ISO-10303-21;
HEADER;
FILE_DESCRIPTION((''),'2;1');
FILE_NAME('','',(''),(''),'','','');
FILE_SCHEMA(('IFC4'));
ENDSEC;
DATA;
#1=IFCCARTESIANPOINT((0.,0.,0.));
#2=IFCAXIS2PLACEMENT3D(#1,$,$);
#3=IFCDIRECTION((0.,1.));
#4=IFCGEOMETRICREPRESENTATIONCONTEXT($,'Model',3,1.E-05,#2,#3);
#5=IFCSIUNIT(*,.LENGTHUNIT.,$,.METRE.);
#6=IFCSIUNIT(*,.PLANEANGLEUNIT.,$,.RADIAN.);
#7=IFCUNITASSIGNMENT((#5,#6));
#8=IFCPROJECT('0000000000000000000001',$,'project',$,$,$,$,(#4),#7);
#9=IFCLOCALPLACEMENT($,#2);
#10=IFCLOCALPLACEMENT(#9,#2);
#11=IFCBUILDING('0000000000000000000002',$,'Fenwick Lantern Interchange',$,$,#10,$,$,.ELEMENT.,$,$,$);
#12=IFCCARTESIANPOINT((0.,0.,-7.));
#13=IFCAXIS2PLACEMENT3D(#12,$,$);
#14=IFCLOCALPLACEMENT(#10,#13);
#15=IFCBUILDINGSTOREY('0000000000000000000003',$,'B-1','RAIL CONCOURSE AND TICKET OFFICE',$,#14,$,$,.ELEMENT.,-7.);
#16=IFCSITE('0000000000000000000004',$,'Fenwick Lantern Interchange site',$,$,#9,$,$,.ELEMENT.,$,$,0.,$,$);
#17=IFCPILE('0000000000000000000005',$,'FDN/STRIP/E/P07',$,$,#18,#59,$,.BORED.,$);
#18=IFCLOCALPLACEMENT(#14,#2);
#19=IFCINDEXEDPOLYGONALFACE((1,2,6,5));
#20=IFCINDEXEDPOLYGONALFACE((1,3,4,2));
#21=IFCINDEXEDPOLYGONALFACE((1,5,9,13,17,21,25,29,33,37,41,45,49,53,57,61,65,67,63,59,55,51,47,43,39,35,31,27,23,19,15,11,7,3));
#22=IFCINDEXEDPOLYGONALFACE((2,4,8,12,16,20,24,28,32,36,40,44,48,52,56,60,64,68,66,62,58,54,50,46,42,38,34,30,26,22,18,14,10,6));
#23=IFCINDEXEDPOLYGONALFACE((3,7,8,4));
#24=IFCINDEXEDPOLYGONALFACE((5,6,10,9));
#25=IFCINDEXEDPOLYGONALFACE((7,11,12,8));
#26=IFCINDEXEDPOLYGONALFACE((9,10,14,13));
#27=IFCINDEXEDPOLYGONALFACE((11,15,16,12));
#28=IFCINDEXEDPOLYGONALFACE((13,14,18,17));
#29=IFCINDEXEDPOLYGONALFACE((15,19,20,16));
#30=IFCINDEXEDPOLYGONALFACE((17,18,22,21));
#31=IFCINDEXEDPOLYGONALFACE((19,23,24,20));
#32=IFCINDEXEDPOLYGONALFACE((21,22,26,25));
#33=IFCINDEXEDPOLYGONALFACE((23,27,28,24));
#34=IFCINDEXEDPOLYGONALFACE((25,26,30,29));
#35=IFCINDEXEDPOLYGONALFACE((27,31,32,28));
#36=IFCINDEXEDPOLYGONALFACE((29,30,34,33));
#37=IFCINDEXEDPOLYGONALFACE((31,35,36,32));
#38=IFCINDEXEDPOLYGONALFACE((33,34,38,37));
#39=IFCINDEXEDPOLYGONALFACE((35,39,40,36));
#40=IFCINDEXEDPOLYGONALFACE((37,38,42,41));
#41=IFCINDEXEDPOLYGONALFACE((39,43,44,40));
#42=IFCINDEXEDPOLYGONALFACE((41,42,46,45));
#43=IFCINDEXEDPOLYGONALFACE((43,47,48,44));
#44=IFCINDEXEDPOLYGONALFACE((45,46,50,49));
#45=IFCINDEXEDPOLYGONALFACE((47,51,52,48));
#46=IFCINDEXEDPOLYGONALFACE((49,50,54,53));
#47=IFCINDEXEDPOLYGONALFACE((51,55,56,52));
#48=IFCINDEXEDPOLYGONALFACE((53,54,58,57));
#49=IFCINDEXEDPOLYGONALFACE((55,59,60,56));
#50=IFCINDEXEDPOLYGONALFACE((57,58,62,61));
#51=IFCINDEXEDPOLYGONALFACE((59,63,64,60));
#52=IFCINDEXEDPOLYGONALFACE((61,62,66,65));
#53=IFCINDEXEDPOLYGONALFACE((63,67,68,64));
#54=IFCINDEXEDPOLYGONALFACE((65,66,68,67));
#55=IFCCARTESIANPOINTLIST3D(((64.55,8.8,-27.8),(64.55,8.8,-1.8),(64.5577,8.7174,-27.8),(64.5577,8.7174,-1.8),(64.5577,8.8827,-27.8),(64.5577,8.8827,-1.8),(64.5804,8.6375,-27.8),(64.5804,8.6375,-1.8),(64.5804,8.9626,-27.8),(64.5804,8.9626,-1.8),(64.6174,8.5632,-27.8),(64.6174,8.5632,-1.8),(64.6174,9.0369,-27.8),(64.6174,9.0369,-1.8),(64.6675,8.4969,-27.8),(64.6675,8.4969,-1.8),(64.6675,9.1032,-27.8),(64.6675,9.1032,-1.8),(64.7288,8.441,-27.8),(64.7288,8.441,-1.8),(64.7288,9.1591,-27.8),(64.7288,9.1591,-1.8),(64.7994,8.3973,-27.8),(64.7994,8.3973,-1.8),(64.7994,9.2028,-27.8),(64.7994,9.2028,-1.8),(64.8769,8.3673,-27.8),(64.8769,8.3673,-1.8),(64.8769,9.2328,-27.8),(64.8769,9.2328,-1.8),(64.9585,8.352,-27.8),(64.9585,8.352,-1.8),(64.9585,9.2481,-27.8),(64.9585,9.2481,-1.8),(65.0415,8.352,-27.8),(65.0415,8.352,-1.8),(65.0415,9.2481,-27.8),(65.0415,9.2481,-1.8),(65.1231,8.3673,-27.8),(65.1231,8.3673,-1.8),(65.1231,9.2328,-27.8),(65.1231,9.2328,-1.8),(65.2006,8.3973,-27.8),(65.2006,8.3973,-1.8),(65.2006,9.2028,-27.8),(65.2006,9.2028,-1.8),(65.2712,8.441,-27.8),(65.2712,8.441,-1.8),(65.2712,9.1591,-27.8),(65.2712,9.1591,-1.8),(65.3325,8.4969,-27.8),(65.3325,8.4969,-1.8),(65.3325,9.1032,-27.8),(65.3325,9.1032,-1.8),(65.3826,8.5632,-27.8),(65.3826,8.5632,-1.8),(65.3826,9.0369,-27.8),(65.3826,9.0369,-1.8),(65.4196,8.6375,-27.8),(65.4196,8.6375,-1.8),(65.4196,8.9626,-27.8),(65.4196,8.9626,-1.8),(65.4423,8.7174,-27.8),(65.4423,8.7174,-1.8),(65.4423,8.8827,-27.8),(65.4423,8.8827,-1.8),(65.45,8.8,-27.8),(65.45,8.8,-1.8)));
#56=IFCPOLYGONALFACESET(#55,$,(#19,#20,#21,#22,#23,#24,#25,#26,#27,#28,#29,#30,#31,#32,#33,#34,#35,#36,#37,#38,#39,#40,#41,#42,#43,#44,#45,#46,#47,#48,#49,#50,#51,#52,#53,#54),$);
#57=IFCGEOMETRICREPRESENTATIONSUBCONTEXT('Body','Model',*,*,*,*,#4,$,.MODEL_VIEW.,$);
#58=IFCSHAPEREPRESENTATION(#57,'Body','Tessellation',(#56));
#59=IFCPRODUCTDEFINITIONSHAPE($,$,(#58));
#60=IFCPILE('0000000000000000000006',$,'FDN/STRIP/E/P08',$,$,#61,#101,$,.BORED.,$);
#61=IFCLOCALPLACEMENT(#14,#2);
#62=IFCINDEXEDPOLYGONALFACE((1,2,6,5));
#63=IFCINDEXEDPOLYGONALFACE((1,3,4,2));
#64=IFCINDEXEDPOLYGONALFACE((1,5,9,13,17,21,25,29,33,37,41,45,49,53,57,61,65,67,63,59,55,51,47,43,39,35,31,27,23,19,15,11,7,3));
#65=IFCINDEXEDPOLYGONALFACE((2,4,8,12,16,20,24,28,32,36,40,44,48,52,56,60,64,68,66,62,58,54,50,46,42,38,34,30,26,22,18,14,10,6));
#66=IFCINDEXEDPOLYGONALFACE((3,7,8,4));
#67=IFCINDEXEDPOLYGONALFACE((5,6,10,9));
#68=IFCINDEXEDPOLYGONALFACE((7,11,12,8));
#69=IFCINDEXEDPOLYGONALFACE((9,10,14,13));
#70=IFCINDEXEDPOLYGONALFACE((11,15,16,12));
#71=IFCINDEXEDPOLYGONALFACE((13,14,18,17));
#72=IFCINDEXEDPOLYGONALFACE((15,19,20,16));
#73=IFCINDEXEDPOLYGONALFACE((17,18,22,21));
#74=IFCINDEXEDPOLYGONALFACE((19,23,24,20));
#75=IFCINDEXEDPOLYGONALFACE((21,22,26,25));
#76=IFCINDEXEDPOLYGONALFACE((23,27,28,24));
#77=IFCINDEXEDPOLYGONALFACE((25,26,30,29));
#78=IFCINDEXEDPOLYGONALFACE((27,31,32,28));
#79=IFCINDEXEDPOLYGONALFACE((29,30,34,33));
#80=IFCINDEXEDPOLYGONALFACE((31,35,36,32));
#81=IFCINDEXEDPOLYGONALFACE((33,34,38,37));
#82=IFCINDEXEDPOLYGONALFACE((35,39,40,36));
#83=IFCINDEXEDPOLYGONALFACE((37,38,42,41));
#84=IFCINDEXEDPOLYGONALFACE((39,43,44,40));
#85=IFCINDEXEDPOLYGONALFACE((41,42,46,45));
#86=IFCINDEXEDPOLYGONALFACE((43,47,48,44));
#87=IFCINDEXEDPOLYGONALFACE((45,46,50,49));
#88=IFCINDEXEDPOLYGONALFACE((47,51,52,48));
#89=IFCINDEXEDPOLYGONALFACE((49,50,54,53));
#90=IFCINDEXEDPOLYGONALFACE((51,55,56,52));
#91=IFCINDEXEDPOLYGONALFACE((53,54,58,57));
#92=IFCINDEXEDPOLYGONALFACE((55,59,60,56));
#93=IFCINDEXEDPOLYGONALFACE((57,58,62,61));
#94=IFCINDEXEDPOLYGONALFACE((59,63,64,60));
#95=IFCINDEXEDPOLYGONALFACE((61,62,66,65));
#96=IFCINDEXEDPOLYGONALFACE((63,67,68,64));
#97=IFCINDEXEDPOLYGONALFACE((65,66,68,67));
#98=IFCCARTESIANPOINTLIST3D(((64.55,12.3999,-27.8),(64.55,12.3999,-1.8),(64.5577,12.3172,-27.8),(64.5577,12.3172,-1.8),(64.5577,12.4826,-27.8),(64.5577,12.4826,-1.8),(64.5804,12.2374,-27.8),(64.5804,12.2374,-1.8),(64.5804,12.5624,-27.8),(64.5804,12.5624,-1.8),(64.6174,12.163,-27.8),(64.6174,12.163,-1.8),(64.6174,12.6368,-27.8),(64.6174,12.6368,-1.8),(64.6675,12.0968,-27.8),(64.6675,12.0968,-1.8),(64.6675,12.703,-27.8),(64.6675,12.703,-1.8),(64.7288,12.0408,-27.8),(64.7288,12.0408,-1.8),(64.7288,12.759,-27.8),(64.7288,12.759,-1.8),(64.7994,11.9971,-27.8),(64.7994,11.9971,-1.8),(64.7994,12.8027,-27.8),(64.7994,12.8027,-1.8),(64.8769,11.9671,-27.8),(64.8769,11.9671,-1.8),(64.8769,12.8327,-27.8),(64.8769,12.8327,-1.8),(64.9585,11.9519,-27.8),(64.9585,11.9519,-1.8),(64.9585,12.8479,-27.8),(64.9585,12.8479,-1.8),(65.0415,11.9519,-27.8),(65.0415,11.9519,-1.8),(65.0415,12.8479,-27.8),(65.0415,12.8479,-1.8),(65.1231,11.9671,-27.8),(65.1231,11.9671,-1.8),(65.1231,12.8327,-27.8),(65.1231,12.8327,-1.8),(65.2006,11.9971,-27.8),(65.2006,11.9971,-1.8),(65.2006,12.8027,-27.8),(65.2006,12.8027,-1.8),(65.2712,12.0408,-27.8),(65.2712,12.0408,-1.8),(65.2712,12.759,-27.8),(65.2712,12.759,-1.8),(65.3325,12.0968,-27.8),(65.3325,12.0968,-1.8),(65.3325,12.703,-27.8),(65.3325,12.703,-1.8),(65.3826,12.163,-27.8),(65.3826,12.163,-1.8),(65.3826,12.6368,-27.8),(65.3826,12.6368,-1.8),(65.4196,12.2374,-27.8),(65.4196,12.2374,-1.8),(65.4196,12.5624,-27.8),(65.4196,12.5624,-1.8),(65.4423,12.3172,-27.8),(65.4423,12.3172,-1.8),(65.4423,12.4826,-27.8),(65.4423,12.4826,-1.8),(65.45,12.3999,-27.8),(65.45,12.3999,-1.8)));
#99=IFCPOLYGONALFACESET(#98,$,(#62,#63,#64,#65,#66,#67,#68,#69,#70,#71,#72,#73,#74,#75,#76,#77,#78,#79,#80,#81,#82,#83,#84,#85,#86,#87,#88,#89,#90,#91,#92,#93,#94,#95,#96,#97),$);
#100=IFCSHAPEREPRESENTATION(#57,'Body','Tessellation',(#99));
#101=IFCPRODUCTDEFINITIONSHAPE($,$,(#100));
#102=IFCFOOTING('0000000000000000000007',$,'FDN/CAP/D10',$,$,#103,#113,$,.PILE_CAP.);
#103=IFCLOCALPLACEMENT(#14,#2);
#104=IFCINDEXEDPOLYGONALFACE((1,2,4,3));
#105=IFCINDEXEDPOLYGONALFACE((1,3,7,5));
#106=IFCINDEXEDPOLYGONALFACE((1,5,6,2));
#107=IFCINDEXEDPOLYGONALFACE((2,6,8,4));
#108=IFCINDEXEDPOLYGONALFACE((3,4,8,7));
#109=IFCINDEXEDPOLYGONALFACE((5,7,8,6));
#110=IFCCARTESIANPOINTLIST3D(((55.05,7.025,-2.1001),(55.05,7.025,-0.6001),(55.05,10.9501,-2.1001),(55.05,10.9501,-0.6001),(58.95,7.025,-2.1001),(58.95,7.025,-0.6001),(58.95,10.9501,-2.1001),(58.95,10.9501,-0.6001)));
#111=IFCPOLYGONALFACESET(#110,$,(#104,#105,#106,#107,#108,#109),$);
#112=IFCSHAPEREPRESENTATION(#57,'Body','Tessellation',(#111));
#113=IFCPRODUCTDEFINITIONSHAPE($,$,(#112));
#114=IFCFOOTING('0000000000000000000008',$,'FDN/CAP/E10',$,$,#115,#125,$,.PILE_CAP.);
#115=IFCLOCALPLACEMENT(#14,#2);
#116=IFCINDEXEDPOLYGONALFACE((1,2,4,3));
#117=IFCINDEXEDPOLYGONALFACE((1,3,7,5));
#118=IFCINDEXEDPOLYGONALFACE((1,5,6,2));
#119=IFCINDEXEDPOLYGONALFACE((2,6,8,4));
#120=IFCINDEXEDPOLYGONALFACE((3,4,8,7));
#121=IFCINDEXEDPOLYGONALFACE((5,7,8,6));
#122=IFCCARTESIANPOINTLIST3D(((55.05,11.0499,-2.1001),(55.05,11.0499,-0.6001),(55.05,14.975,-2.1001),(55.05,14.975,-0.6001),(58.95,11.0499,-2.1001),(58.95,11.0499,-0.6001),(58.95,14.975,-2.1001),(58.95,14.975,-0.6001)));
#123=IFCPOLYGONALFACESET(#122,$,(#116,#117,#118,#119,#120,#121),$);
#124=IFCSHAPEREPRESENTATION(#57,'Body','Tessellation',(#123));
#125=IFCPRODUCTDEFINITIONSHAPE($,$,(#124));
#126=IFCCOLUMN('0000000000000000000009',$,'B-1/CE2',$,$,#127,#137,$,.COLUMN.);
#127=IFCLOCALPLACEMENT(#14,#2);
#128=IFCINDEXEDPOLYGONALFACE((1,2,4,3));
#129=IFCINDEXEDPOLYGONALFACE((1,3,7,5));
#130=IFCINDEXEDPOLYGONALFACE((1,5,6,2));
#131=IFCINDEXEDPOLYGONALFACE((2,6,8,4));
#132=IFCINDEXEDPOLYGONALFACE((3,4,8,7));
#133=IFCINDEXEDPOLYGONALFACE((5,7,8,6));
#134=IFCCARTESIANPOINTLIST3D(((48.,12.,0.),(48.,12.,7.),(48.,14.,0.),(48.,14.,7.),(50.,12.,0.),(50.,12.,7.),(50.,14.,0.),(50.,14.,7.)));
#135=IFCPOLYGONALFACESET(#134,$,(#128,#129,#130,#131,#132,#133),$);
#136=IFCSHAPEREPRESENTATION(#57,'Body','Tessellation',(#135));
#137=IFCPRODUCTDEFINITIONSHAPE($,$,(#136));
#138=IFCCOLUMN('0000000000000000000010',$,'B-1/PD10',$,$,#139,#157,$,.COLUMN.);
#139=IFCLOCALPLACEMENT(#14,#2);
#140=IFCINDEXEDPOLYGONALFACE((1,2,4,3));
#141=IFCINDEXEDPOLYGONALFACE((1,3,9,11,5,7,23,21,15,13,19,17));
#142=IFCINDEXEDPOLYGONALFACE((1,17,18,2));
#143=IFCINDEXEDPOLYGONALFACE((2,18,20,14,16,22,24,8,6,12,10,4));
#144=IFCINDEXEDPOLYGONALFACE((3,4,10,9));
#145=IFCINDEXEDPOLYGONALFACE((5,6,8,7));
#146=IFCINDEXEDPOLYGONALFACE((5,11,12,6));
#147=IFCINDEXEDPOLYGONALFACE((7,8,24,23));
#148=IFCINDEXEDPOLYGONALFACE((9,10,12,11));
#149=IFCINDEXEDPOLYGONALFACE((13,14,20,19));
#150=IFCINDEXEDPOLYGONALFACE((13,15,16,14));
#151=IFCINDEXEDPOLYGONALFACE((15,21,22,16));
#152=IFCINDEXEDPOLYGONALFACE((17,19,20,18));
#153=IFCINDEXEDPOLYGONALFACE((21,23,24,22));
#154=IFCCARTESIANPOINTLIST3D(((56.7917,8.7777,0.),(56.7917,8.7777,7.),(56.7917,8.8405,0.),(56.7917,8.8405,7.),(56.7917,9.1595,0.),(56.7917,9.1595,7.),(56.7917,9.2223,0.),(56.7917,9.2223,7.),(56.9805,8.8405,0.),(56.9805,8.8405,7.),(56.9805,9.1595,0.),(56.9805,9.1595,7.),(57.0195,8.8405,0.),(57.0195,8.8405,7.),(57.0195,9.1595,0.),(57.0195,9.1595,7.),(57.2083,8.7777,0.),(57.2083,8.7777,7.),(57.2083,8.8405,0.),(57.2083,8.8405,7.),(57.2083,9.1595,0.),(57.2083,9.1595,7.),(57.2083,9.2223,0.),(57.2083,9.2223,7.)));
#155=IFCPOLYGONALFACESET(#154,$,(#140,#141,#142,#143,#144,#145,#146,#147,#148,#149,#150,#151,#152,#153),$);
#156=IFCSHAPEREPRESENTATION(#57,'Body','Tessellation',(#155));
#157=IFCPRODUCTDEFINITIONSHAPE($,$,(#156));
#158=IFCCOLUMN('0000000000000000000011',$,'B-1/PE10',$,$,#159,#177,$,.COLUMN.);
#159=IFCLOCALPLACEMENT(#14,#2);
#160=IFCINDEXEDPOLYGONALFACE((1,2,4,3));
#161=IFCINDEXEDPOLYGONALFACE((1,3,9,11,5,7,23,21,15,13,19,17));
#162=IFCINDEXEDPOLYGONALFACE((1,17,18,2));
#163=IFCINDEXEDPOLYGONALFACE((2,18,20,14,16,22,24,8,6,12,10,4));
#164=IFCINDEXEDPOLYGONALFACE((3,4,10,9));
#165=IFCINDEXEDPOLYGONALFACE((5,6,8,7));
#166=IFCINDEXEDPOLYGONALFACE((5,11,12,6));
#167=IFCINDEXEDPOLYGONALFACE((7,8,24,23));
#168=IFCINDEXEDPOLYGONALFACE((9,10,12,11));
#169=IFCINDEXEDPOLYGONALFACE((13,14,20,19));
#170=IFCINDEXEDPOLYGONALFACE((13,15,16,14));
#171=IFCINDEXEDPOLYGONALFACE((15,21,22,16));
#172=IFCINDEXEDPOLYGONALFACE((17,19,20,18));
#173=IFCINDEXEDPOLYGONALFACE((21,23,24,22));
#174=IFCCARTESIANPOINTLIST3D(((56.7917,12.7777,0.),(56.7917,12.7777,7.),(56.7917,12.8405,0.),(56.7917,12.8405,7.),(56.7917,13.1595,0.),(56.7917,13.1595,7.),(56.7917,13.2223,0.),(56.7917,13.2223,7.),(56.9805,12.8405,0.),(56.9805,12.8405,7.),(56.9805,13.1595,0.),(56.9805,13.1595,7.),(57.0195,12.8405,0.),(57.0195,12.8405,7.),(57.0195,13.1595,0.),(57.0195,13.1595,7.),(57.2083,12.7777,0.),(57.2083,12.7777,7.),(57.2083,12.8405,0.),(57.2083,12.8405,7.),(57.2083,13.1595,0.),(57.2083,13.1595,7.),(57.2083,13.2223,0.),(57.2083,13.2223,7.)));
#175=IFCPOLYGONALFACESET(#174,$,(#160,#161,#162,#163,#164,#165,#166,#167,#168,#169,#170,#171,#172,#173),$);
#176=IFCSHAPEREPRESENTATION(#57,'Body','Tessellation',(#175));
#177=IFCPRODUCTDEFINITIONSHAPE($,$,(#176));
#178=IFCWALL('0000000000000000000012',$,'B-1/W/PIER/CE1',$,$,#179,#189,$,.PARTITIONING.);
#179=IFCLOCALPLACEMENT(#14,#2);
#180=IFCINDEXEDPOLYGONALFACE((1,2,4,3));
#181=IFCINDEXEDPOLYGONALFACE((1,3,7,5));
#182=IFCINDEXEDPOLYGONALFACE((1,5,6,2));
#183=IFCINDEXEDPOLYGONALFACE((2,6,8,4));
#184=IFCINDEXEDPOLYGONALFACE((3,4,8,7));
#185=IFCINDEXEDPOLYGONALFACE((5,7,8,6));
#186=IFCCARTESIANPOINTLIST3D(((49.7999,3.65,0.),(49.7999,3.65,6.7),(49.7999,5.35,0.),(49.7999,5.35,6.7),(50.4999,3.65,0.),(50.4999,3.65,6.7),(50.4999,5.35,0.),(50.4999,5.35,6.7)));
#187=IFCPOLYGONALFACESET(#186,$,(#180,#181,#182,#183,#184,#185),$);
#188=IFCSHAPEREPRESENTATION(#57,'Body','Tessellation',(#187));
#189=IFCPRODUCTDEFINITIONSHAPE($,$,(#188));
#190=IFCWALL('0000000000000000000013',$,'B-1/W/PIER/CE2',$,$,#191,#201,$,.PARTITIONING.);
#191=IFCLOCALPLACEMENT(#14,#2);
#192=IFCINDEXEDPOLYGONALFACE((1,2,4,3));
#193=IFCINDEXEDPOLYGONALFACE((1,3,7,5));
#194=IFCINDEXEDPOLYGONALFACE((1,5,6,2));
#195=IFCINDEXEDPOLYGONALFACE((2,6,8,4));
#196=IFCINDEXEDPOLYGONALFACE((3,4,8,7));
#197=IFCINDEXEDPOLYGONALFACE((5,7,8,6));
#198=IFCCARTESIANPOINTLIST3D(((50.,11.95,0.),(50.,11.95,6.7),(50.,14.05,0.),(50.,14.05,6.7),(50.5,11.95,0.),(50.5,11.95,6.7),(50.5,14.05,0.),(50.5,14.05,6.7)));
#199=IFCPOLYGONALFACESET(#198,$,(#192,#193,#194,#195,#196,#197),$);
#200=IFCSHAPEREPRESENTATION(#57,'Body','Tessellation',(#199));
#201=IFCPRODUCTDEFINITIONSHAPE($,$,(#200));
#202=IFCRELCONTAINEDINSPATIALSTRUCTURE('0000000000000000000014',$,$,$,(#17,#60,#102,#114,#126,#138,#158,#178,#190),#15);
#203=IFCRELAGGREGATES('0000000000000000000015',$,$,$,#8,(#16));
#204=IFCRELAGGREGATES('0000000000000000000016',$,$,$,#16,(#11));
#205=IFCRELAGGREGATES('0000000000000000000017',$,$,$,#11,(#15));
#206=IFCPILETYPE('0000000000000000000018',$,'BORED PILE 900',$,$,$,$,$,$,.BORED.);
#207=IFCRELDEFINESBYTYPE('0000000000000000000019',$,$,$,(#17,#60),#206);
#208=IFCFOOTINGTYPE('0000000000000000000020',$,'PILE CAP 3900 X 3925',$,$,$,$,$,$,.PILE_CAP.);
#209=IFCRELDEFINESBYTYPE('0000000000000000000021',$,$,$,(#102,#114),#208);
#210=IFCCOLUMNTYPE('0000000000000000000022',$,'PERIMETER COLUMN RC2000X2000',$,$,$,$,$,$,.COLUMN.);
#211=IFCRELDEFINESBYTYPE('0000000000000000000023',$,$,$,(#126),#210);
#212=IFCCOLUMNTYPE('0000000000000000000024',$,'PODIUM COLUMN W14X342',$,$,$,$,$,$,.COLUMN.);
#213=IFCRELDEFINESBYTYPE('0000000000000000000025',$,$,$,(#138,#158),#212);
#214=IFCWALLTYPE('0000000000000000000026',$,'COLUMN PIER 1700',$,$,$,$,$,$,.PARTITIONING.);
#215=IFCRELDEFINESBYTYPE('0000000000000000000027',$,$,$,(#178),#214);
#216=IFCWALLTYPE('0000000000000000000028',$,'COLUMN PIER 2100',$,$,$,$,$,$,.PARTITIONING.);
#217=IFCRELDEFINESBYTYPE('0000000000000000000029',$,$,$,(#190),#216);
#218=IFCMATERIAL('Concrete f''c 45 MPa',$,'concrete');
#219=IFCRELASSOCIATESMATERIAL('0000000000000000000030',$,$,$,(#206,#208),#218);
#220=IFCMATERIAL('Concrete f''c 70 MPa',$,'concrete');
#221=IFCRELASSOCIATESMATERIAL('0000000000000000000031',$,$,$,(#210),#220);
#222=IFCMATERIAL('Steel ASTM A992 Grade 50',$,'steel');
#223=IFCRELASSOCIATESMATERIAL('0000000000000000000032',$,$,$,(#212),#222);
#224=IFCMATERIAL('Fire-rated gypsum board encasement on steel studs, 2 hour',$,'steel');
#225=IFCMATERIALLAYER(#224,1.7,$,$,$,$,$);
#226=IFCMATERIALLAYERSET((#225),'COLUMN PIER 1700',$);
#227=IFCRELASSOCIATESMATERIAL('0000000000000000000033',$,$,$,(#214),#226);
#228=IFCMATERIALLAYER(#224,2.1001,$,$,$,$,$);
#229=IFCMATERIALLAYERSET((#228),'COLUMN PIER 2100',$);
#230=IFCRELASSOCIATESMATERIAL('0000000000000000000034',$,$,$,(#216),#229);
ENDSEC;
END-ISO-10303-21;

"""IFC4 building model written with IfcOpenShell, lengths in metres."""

from ifc_helpers import new_model, si_unit, direction, frame, frame_2d, origin, origin_2d, place, context, subcontext, project, spatial, rectangle, circle, i_section, extrude, material, layer, layer_set, material_profile, profile_set, type_object, element, save


model = new_model("IFC4")

# Units and contexts
model_context = context("Model", 3, precision=1e-05, world=origin(), true_north=direction((0.0, 1.0)))
body_context = subcontext(model_context, "Body", "Model", "MODEL_VIEW")
ifc_project = project(units=[si_unit("LENGTHUNIT", "METRE"), si_unit("PLANEANGLEUNIT", "RADIAN")], contexts=[model_context])

# Site, building, storey
site_placement = place(None, origin())
site = spatial("IfcSite", under=ifc_project, at=site_placement, Name="Fenwick Lantern Interchange site", CompositionType="ELEMENT", RefElevation=0.0)
building_placement = place(site_placement, origin())
building = spatial("IfcBuilding", under=site, at=building_placement, Name="Fenwick Lantern Interchange", CompositionType="ELEMENT")
storey_placement = place(building_placement, frame((0.0, 0.0, -7.0)))
storey = spatial("IfcBuildingStorey", under=building, at=storey_placement, Name="B-1", Description="RAIL CONCOURSE AND TICKET OFFICE", CompositionType="ELEMENT", Elevation=-7.0)

# Piles
ifc_material_1 = material(Name="Concrete f'c 45 MPa", Category="concrete")
pile_type_1 = type_object("IfcPileType", Name="BORED PILE 900", PredefinedType="BORED", material=ifc_material_1)
for number, where, z_axis, x_axis, name in (
    (1, (65.0, 8.8, -1.8), (0.0, 0.0, -1.0), (1.0, 0.0, 0.0), "FDN/STRIP/E/P07"),
    (2, (65.0, 12.3999, -1.8), (0.0, 0.0, -1.0), (1.0, 0.0, 0.0), "FDN/STRIP/E/P08"),
):
    element("IfcPile", number, at=place(storey_placement, frame(where, z_axis=z_axis, x_axis=x_axis)), inside=storey, type_object=pile_type_1, Name=name, PredefinedType="BORED", context=body_context, shape_type="SweptSolid", body=[
        extrude(circle(Radius=0.45, at=origin_2d()), origin(), (0.0, 0.0, 1.0), 26.0),
    ])

# Footings
footing_type = type_object("IfcFootingType", Name="PILE CAP 3900 X 3925", PredefinedType="PILE_CAP", material=ifc_material_1)
for number, where, z_axis, x_axis, name in (
    (3, (57.0, 8.9875, -2.1001), (0.0, 0.0, 1.0), (1.0, 0.0, 0.0), "FDN/CAP/D10"),
    (4, (57.0, 13.0125, -2.1001), (0.0, 0.0, 1.0), (1.0, 0.0, 0.0), "FDN/CAP/E10"),
):
    element("IfcFooting", number, at=place(storey_placement, frame(where, z_axis=z_axis, x_axis=x_axis)), inside=storey, type_object=footing_type, Name=name, PredefinedType="PILE_CAP", context=body_context, shape_type="SweptSolid", body=[
        extrude(rectangle(XDim=3.8999, YDim=3.925, at=origin_2d()), origin(), (0.0, 0.0, 1.0), 1.5),
    ])

# Columns
ifc_material_2 = material(Name="Concrete f'c 70 MPa", Category="concrete")
ifc_material_profile_1 = material_profile(ifc_material_2, rectangle(XDim=2.0, YDim=2.0, at=origin_2d()), Name="RC2000X2000")
ifc_profile_set_1 = profile_set([ifc_material_profile_1], Name="Concrete f'c 70 MPa")
column_type_1 = type_object("IfcColumnType", Name="PERIMETER COLUMN RC2000X2000", PredefinedType="COLUMN", material=ifc_profile_set_1)
column_placement = place(storey_placement, frame((49.0, 13.0, 0.0), z_axis=(0.0, 0.0, 1.0), x_axis=(1.0, 0.0, 0.0)))
element("IfcColumn", 5, at=column_placement, inside=storey, type_object=column_type_1, Name="B-1/CE2", PredefinedType="COLUMN", context=body_context, shape_type="SweptSolid", body=[
    extrude(rectangle(XDim=2.0, YDim=2.0, at=origin_2d()), origin(), (0.0, 0.0, 1.0), 7.0),
])
ifc_material_3 = material(Name="Steel ASTM A992 Grade 50", Category="steel")
ifc_material_profile_2 = material_profile(ifc_material_3, i_section(OverallWidth=0.4165, OverallDepth=0.4446, WebThickness=0.0391, FlangeThickness=0.0627, at=origin_2d()), Name="W14X342")
ifc_profile_set_2 = profile_set([ifc_material_profile_2], Name="Steel ASTM A992 Grade 50")
column_type_2 = type_object("IfcColumnType", Name="PODIUM COLUMN W14X342", PredefinedType="COLUMN", material=ifc_profile_set_2)
for number, where, z_axis, x_axis, name in (
    (6, (57.0, 9.0, 0.0), (0.0, 0.0, 1.0), (1.0, 0.0, 0.0), "B-1/PD10"),
    (7, (57.0, 13.0, 0.0), (0.0, 0.0, 1.0), (1.0, 0.0, 0.0), "B-1/PE10"),
):
    element("IfcColumn", number, at=place(storey_placement, frame(where, z_axis=z_axis, x_axis=x_axis)), inside=storey, type_object=column_type_2, Name=name, PredefinedType="COLUMN", context=body_context, shape_type="SweptSolid", body=[
        extrude(i_section(OverallWidth=0.4165, OverallDepth=0.4446, WebThickness=0.0391, FlangeThickness=0.0627, at=origin_2d()), origin(), (0.0, 0.0, 1.0), 7.0),
    ])

# Walls
ifc_material_4 = material(Name="Fire-rated gypsum board encasement on steel studs, 2 hour", Category="steel")
ifc_layer_1 = layer(ifc_material_4, 1.7)
ifc_layer_set_1 = layer_set([ifc_layer_1], Name="COLUMN PIER 1700")
wall_type_1 = type_object("IfcWallType", Name="COLUMN PIER 1700", PredefinedType="PARTITIONING", material=ifc_layer_set_1)
wall_1_placement = place(storey_placement, frame((50.5, 4.5, 0.0), z_axis=(0.0, 0.0, 1.0), x_axis=(-1.0, 0.0, 0.0)))
element("IfcWall", 8, at=wall_1_placement, inside=storey, type_object=wall_type_1, Name="B-1/W/PIER/CE1", PredefinedType="PARTITIONING", context=body_context, shape_type="SweptSolid", body=[
    extrude(rectangle(XDim=0.7, YDim=1.7, at=frame_2d((0.3501, 0.0))), origin(), (0.0, 0.0, 1.0), 6.7),
])
ifc_layer_2 = layer(ifc_material_4, 2.1001)
ifc_layer_set_2 = layer_set([ifc_layer_2], Name="COLUMN PIER 2100")
wall_type_2 = type_object("IfcWallType", Name="COLUMN PIER 2100", PredefinedType="PARTITIONING", material=ifc_layer_set_2)
wall_2_placement = place(storey_placement, frame((50.5, 13.0, 0.0), z_axis=(0.0, 0.0, 1.0), x_axis=(-1.0, 0.0, 0.0)))
element("IfcWall", 9, at=wall_2_placement, inside=storey, type_object=wall_type_2, Name="B-1/W/PIER/CE2", PredefinedType="PARTITIONING", context=body_context, shape_type="SweptSolid", body=[
    extrude(rectangle(XDim=0.5, YDim=2.1001, at=frame_2d((0.25, 0.0))), origin(), (0.0, 0.0, 1.0), 6.7),
])

save(model, "model.ifc")
